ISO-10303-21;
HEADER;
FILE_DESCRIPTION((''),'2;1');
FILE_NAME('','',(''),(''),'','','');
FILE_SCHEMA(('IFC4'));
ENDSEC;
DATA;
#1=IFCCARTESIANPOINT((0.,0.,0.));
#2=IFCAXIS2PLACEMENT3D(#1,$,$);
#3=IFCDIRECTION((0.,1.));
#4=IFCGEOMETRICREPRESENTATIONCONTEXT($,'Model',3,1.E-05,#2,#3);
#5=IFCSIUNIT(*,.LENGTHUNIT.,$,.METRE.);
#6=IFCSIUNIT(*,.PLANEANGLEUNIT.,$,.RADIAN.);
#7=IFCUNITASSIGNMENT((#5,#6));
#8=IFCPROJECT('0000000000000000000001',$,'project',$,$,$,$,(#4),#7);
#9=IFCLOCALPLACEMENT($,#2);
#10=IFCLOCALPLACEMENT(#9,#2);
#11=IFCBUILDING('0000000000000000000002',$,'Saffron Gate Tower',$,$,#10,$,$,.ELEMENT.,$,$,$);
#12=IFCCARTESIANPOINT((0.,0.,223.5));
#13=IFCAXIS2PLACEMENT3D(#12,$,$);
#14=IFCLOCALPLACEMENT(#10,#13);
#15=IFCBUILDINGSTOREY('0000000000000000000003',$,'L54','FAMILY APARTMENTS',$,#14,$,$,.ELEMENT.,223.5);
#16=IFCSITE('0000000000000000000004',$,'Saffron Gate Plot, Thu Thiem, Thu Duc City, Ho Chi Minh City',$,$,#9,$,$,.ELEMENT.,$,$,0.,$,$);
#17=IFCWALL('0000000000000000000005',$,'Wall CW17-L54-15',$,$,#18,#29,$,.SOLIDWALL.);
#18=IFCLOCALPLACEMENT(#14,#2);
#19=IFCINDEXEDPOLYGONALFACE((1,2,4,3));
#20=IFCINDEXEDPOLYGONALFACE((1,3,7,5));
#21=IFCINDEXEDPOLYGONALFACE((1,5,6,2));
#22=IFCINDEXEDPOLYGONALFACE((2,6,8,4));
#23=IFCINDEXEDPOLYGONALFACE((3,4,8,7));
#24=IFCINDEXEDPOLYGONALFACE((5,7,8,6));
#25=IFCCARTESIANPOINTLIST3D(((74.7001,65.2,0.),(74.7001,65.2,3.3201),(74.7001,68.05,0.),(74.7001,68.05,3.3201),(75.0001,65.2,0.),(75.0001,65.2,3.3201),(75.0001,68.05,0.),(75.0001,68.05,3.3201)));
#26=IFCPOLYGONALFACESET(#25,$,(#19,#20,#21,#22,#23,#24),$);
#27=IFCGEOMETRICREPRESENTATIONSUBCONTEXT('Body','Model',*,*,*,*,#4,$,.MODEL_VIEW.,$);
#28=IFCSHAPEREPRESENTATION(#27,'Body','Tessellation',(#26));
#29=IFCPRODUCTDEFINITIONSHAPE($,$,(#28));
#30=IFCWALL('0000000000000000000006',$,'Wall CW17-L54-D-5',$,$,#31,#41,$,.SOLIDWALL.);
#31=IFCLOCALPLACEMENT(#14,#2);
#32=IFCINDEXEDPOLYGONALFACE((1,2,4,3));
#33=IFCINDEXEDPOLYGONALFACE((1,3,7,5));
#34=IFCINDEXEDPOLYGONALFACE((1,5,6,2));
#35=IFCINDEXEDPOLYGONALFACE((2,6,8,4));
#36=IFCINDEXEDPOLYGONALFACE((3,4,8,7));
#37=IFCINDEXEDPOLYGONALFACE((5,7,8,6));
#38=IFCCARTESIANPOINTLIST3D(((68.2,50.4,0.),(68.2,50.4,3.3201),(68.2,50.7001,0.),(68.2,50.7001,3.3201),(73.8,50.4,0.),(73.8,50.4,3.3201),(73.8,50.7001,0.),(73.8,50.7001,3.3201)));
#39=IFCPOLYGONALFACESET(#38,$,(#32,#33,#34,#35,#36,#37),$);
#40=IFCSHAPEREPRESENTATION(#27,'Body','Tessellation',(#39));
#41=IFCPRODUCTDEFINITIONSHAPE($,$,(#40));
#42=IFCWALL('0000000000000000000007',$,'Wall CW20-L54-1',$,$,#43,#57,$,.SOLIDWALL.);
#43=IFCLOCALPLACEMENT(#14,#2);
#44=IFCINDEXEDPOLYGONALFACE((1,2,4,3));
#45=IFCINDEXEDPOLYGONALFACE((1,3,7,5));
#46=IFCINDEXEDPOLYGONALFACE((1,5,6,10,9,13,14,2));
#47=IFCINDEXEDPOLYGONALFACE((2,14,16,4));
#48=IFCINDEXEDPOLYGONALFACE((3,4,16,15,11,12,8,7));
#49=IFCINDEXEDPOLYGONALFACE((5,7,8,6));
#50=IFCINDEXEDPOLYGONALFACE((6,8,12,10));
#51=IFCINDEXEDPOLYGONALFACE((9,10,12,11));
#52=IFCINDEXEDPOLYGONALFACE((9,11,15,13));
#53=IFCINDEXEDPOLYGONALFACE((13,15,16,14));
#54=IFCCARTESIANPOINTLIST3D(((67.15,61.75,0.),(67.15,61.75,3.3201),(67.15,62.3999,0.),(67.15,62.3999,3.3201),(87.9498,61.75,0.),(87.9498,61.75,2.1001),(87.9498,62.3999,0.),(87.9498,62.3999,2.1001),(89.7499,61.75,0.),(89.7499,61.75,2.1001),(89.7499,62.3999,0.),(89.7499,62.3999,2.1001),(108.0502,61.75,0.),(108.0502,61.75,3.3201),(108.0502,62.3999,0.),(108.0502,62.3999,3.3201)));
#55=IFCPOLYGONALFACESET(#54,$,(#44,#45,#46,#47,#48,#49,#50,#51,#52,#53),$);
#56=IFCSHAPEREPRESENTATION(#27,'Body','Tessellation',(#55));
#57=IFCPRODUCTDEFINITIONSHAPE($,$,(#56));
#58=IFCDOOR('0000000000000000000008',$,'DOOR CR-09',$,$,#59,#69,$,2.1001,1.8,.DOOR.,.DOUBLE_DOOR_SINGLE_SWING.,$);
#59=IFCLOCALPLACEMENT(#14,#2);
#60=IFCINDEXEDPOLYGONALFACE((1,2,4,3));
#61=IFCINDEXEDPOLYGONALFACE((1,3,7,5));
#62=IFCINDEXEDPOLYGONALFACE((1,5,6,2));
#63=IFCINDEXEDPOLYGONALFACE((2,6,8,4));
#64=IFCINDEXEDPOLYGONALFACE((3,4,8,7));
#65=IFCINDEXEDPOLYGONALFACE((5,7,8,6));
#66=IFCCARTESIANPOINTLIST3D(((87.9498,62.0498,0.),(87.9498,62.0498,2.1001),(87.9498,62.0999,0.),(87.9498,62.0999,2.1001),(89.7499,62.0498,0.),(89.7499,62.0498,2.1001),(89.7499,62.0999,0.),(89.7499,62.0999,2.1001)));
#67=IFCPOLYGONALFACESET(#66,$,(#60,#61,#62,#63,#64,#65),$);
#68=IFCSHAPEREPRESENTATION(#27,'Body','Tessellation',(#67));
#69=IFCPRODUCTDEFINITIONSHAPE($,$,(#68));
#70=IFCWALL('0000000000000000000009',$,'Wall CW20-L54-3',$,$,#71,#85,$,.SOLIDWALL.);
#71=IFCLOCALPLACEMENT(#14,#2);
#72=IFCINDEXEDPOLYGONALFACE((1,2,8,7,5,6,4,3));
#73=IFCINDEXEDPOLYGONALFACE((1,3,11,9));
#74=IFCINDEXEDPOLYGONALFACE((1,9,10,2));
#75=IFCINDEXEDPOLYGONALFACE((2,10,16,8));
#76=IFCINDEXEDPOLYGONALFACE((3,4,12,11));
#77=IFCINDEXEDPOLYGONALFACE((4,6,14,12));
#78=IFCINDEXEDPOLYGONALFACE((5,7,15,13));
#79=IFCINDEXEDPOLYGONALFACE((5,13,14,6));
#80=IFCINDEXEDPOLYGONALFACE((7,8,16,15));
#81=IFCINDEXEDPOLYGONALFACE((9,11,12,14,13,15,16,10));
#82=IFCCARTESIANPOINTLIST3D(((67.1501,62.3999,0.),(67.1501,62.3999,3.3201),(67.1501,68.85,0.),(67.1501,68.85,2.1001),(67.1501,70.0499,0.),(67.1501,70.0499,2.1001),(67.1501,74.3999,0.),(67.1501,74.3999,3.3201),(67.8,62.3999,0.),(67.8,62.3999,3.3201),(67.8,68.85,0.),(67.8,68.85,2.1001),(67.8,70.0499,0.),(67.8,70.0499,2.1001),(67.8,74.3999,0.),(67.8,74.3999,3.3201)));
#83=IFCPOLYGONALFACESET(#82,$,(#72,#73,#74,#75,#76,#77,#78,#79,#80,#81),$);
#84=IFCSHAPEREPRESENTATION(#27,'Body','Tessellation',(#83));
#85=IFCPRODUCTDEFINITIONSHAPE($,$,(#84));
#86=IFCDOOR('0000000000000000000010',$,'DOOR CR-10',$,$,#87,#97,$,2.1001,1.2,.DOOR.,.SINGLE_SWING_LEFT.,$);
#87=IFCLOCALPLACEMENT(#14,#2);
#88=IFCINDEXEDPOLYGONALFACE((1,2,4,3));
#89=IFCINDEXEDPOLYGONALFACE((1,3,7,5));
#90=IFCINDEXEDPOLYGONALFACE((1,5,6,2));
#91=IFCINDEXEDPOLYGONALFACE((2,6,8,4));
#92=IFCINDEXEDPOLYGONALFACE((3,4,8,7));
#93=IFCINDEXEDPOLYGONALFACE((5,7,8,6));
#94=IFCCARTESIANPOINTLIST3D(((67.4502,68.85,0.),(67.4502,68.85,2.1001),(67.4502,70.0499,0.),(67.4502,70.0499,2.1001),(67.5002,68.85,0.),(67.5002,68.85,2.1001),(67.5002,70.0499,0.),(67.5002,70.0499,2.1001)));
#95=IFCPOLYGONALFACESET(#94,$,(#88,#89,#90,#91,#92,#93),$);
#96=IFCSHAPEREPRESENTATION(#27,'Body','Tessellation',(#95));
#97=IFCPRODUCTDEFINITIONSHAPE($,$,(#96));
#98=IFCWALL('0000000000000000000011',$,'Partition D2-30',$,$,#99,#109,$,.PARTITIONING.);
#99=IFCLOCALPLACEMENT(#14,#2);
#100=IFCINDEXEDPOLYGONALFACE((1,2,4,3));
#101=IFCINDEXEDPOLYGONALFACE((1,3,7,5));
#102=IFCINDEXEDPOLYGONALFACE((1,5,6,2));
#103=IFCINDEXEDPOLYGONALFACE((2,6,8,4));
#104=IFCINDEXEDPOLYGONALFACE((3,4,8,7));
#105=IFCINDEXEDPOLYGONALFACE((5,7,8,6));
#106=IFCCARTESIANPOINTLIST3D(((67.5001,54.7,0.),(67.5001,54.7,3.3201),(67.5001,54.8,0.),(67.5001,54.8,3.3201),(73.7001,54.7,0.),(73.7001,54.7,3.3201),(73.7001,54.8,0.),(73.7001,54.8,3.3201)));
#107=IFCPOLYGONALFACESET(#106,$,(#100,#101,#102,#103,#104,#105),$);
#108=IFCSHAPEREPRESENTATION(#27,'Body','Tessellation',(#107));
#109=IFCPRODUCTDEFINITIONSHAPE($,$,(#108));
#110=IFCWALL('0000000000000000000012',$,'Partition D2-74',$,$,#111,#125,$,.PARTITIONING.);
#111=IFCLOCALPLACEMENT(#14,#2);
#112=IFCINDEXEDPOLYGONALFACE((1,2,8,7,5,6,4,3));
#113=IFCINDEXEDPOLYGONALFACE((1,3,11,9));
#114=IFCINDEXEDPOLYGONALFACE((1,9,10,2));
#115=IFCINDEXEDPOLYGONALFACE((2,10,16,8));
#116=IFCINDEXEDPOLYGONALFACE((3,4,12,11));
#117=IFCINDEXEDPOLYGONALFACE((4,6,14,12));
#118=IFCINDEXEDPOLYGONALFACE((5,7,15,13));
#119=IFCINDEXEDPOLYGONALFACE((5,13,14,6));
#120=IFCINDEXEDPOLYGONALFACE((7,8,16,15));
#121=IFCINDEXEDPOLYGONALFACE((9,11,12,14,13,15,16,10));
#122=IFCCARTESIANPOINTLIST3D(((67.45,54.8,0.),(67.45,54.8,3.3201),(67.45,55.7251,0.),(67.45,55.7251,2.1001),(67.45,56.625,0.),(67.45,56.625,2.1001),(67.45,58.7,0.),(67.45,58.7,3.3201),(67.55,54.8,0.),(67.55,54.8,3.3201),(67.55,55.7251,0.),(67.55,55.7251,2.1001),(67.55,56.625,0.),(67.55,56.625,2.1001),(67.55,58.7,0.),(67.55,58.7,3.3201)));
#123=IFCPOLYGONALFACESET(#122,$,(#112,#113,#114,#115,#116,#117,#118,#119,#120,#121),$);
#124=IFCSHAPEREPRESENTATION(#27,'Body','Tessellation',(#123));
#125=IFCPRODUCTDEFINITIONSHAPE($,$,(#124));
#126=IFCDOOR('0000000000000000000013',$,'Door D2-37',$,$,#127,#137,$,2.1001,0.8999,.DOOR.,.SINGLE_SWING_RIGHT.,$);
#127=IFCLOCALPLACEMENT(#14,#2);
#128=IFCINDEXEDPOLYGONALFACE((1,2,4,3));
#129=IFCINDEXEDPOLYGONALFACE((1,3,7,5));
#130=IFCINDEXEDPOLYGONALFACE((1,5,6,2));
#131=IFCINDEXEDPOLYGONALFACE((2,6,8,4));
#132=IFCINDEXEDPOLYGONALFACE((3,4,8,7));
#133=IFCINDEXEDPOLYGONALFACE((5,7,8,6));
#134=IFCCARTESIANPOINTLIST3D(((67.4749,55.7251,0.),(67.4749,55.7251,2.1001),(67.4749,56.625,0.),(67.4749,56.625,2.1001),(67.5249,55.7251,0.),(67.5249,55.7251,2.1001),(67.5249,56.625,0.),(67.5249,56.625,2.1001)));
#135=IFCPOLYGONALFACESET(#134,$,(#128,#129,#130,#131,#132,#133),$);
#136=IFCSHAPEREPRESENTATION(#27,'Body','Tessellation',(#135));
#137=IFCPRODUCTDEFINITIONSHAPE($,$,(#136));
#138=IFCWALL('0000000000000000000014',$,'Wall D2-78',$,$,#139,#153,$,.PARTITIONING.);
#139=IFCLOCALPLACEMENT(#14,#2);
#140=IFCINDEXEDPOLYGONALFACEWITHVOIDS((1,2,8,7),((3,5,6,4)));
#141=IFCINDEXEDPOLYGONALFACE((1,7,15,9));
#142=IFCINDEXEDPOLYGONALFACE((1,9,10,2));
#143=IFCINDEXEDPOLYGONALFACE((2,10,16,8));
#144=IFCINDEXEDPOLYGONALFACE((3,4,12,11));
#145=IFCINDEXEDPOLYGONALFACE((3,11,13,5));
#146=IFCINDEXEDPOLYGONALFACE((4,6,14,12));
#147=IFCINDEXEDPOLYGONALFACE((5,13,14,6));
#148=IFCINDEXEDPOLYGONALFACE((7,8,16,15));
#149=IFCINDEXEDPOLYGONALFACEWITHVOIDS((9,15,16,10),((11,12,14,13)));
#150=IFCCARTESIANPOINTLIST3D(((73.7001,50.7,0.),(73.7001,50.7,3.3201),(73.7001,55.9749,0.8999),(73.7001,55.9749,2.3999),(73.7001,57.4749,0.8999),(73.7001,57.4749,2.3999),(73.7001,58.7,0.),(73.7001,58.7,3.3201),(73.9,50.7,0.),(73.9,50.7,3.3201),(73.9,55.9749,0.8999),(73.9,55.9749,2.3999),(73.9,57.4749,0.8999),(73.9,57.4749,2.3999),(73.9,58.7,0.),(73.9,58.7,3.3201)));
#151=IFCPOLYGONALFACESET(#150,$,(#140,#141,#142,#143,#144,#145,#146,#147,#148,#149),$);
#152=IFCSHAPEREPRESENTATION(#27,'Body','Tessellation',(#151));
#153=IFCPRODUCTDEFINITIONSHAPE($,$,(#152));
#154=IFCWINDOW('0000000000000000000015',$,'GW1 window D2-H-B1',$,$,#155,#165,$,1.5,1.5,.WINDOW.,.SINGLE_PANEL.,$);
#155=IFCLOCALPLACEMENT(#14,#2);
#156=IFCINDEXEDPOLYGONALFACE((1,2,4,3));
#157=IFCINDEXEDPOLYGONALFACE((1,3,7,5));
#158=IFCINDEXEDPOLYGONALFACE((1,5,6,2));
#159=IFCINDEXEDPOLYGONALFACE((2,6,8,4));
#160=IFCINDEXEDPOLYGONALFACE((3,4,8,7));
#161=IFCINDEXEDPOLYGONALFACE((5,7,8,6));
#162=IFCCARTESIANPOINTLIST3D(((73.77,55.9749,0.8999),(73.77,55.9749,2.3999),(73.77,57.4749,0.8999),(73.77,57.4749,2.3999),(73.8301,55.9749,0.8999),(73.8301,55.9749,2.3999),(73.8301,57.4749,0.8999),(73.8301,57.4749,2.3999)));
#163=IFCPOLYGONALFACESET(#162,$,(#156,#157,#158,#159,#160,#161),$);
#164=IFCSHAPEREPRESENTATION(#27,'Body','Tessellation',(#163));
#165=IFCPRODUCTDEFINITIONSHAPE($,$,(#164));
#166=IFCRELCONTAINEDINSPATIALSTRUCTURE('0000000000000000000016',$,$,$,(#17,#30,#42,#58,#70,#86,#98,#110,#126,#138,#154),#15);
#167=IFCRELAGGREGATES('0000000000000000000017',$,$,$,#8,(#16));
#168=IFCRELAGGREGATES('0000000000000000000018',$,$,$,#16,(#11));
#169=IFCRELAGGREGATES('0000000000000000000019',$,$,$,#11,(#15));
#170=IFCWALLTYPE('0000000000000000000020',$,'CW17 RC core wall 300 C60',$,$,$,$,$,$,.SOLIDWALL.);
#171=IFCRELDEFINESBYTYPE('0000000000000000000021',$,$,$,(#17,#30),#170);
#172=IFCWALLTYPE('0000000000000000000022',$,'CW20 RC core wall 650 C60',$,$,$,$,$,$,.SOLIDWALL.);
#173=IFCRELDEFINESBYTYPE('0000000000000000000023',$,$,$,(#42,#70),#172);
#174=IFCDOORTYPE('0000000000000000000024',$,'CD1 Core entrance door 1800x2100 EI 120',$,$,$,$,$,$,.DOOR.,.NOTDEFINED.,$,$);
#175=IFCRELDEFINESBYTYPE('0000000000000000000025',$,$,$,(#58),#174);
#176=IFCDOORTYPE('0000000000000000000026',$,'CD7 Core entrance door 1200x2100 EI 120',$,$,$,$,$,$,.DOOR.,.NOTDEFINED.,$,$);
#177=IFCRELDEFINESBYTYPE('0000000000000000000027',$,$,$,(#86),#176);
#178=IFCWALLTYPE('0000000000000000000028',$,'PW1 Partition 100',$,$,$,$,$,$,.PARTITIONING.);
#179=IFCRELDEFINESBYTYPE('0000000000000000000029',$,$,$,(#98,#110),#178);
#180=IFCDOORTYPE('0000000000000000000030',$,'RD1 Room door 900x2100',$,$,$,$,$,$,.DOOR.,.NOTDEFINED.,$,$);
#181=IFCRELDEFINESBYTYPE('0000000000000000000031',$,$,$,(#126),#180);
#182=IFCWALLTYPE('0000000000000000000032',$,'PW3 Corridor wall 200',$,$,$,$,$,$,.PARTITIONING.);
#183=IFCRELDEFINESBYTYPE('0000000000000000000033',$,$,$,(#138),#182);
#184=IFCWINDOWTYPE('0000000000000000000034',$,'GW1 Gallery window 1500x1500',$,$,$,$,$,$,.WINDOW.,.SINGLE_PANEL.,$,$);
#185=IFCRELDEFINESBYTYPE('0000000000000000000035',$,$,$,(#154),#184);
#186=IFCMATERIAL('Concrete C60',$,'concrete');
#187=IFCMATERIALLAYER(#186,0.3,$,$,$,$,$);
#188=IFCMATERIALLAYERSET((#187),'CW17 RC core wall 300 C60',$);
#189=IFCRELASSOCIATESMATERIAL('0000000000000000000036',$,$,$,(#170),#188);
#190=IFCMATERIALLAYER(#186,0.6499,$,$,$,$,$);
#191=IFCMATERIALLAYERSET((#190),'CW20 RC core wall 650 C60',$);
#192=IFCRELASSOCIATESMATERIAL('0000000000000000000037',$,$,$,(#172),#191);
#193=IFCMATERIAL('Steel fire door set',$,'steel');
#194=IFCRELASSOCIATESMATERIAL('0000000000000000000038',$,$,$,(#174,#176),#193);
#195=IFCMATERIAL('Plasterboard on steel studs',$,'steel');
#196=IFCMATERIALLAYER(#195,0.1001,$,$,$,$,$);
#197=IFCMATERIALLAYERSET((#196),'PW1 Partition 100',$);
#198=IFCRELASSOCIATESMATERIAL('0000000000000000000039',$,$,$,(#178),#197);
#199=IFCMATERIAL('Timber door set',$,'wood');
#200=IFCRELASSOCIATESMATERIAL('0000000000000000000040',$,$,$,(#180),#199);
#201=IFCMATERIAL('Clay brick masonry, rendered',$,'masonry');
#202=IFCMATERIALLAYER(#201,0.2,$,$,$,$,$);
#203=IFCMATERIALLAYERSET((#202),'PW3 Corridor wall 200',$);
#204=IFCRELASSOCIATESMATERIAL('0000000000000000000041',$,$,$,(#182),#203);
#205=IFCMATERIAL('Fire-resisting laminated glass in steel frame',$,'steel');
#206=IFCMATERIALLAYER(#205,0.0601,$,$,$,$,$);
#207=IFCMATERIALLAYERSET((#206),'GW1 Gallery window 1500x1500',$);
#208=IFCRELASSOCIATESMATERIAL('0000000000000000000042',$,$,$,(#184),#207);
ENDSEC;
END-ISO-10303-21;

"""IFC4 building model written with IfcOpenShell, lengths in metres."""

from ifc_helpers import new_model, si_unit, direction, frame, frame_2d, origin, place, context, subcontext, project, spatial, rectangle, extrude, material, layer, layer_set, type_object, element, fill, save


model = new_model("IFC4")

# Units and contexts
model_context = context("Model", 3, precision=1e-05, world=origin(), true_north=direction((0.0, 1.0)))
body_context = subcontext(model_context, "Body", "Model", "MODEL_VIEW")
ifc_project = project(units=[si_unit("LENGTHUNIT", "METRE"), si_unit("PLANEANGLEUNIT", "RADIAN")], contexts=[model_context])

# Site, building, storey
site_placement = place(None, origin())
site = spatial("IfcSite", under=ifc_project, at=site_placement, Name="Saffron Gate Plot, Thu Thiem, Thu Duc City, Ho Chi Minh City", CompositionType="ELEMENT", RefElevation=0.0)
building_placement = place(site_placement, origin())
building = spatial("IfcBuilding", under=site, at=building_placement, Name="Saffron Gate Tower", CompositionType="ELEMENT")
storey_placement = place(building_placement, frame((0.0, 0.0, 223.5)))
storey = spatial("IfcBuildingStorey", under=building, at=storey_placement, Name="L54", Description="FAMILY APARTMENTS", CompositionType="ELEMENT", Elevation=223.5)

# Shared definitions
ifc_material_1 = material(Name="Concrete C60", Category="concrete")

# Shared definitions
ifc_material_2 = material(Name="Steel fire door set", Category="steel")

# Walls
ifc_layer_1 = layer(ifc_material_1, 0.3)
ifc_layer_set_1 = layer_set([ifc_layer_1], Name="CW17 RC core wall 300 C60")
wall_type_1 = type_object("IfcWallType", Name="CW17 RC core wall 300 C60", PredefinedType="SOLIDWALL", material=ifc_layer_set_1)
wall_1_placement = place(storey_placement, frame((74.8501, 65.2, 0.0), z_axis=(0.0, 0.0, 1.0), x_axis=(0.0, 1.0, 0.0)))
element("IfcWall", 1, at=wall_1_placement, inside=storey, type_object=wall_type_1, Name="Wall CW17-L54-15", PredefinedType="SOLIDWALL", context=body_context, shape_type="SweptSolid", body=[
    extrude(rectangle(XDim=2.8501, YDim=0.3, at=frame_2d((1.425, 0.0))), origin(), (0.0, 0.0, 1.0), 3.3201),
])
wall_2_placement = place(storey_placement, frame((68.2, 50.55, 0.0), z_axis=(0.0, 0.0, 1.0), x_axis=(1.0, 0.0, 0.0)))
element("IfcWall", 2, at=wall_2_placement, inside=storey, type_object=wall_type_1, Name="Wall CW17-L54-D-5", PredefinedType="SOLIDWALL", context=body_context, shape_type="SweptSolid", body=[
    extrude(rectangle(XDim=5.6001, YDim=0.3, at=frame_2d((2.8, 0.0))), origin(), (0.0, 0.0, 1.0), 3.3201),
])

# Walls, openings, doors
ifc_layer_2 = layer(ifc_material_1, 0.6499)
ifc_layer_set_2 = layer_set([ifc_layer_2], Name="CW20 RC core wall 650 C60")
wall_type_2 = type_object("IfcWallType", Name="CW20 RC core wall 650 C60", PredefinedType="SOLIDWALL", material=ifc_layer_set_2)
wall_3_placement = place(storey_placement, frame((67.1499, 62.075, 0.0), z_axis=(0.0, 0.0, 1.0), x_axis=(1.0, 0.0, 0.0)))
wall_3 = element("IfcWall", 3, at=wall_3_placement, inside=storey, type_object=wall_type_2, Name="Wall CW20-L54-1", PredefinedType="SOLIDWALL", context=body_context, shape_type="SweptSolid", body=[
    extrude(rectangle(XDim=40.9001, YDim=0.6499, at=frame_2d((20.4502, 0.0))), origin(), (0.0, 0.0, 1.0), 3.3201),
])
opening_1_placement = place(wall_3_placement, frame((20.8, 0.0, 0.0)))
opening_1 = element("IfcOpeningElement", 4, at=opening_1_placement, cuts=wall_3, PredefinedType="OPENING", context=body_context, shape_type="SweptSolid", body=[
    extrude(rectangle(XDim=1.8, YDim=2.1001, at=frame_2d((0.8999, 1.05))), frame((0.0, 0.335, 0.0), z_axis=(0.0, -1.0, 0.0), x_axis=(1.0, 0.0, 0.0)), (0.0, 0.0, 1.0), 0.6699),
])
door_type_1 = type_object("IfcDoorType", Name="CD1 Core entrance door 1800x2100 EI 120", OperationType="NOTDEFINED", PredefinedType="DOOR", material=ifc_material_2)
door_1_placement = place(opening_1_placement, origin())
door_1 = element("IfcDoor", 5, at=door_1_placement, inside=storey, type_object=door_type_1, Name="DOOR CR-09", OperationType="DOUBLE_DOOR_SINGLE_SWING", OverallHeight=2.1001, OverallWidth=1.8, PredefinedType="DOOR", context=body_context, shape_type="SweptSolid", body=[
    extrude(rectangle(XDim=1.8, YDim=2.1001, at=frame_2d((0.8999, 1.05))), frame((0.0, 0.0249, 0.0), z_axis=(0.0, -1.0, 0.0), x_axis=(1.0, 0.0, 0.0)), (0.0, 0.0, 1.0), 0.05),
])
fill(opening_1, door_1)
wall_4_placement = place(storey_placement, frame((67.4751, 62.3999, 0.0), z_axis=(0.0, 0.0, 1.0), x_axis=(0.0, 1.0, 0.0)))
wall_4 = element("IfcWall", 6, at=wall_4_placement, inside=storey, type_object=wall_type_2, Name="Wall CW20-L54-3", PredefinedType="SOLIDWALL", context=body_context, shape_type="SweptSolid", body=[
    extrude(rectangle(XDim=12.0, YDim=0.6499, at=frame_2d((6.0, 0.0))), origin(), (0.0, 0.0, 1.0), 3.3201),
])
opening_2_placement = place(wall_4_placement, frame((6.45, 0.0, 0.0)))
opening_2 = element("IfcOpeningElement", 7, at=opening_2_placement, cuts=wall_4, PredefinedType="OPENING", context=body_context, shape_type="SweptSolid", body=[
    extrude(rectangle(XDim=1.2, YDim=2.1001, at=frame_2d((0.6001, 1.05))), frame((0.0, 0.335, 0.0), z_axis=(0.0, -1.0, 0.0), x_axis=(1.0, 0.0, 0.0)), (0.0, 0.0, 1.0), 0.6699),
])
door_type_2 = type_object("IfcDoorType", Name="CD7 Core entrance door 1200x2100 EI 120", OperationType="NOTDEFINED", PredefinedType="DOOR", material=ifc_material_2)
door_2_placement = place(opening_2_placement, origin())
door_2 = element("IfcDoor", 8, at=door_2_placement, inside=storey, type_object=door_type_2, Name="DOOR CR-10", OperationType="SINGLE_SWING_LEFT", OverallHeight=2.1001, OverallWidth=1.2, PredefinedType="DOOR", context=body_context, shape_type="SweptSolid", body=[
    extrude(rectangle(XDim=1.2, YDim=2.1001, at=frame_2d((0.6001, 1.05))), frame((0.0, 0.0249, 0.0), z_axis=(0.0, -1.0, 0.0), x_axis=(1.0, 0.0, 0.0)), (0.0, 0.0, 1.0), 0.05),
])
fill(opening_2, door_2)

# Wall
ifc_material_3 = material(Name="Plasterboard on steel studs", Category="steel")
ifc_layer_3 = layer(ifc_material_3, 0.1001)
ifc_layer_set_3 = layer_set([ifc_layer_3], Name="PW1 Partition 100")
wall_type_3 = type_object("IfcWallType", Name="PW1 Partition 100", PredefinedType="PARTITIONING", material=ifc_layer_set_3)
wall_5_placement = place(storey_placement, frame((67.5, 54.75, 0.0), z_axis=(0.0, 0.0, 1.0), x_axis=(1.0, 0.0, 0.0)))
element("IfcWall", 9, at=wall_5_placement, inside=storey, type_object=wall_type_3, Name="Partition D2-30", PredefinedType="PARTITIONING", context=body_context, shape_type="SweptSolid", body=[
    extrude(rectangle(XDim=6.2, YDim=0.1001, at=frame_2d((3.1001, 0.0))), origin(), (0.0, 0.0, 1.0), 3.3201),
])

# Wall, opening, door
wall_6_placement = place(storey_placement, frame((67.5, 58.7, 0.0), z_axis=(0.0, 0.0, 1.0), x_axis=(0.0, -1.0, 0.0)))
wall_6 = element("IfcWall", 10, at=wall_6_placement, inside=storey, type_object=wall_type_3, Name="Partition D2-74", PredefinedType="PARTITIONING", context=body_context, shape_type="SweptSolid", body=[
    extrude(rectangle(XDim=3.8999, YDim=0.1001, at=frame_2d((1.95, 0.0))), origin(), (0.0, 0.0, 1.0), 3.3201),
])
opening_3_placement = place(wall_6_placement, frame((2.075, 0.0, 0.0)))
opening_3 = element("IfcOpeningElement", 11, at=opening_3_placement, cuts=wall_6, PredefinedType="OPENING", context=body_context, shape_type="SweptSolid", body=[
    extrude(rectangle(XDim=0.8999, YDim=2.1001, at=frame_2d((0.45, 1.05))), frame((0.0, 0.0601, 0.0), z_axis=(0.0, -1.0, 0.0), x_axis=(1.0, 0.0, 0.0)), (0.0, 0.0, 1.0), 0.1201),
])
ifc_material_4 = material(Name="Timber door set", Category="wood")
door_type_3 = type_object("IfcDoorType", Name="RD1 Room door 900x2100", OperationType="NOTDEFINED", PredefinedType="DOOR", material=ifc_material_4)
door_3_placement = place(opening_3_placement, origin())
door_3 = element("IfcDoor", 12, at=door_3_placement, inside=storey, type_object=door_type_3, Name="Door D2-37", OperationType="SINGLE_SWING_RIGHT", OverallHeight=2.1001, OverallWidth=0.8999, PredefinedType="DOOR", context=body_context, shape_type="SweptSolid", body=[
    extrude(rectangle(XDim=0.8999, YDim=2.1001, at=frame_2d((0.45, 1.05))), frame((0.0, 0.0249, 0.0), z_axis=(0.0, -1.0, 0.0), x_axis=(1.0, 0.0, 0.0)), (0.0, 0.0, 1.0), 0.05),
])
fill(opening_3, door_3)

# Wall, opening, window
ifc_material_5 = material(Name="Clay brick masonry, rendered", Category="masonry")
ifc_layer_4 = layer(ifc_material_5, 0.2)
ifc_layer_set_4 = layer_set([ifc_layer_4], Name="PW3 Corridor wall 200")
wall_type_4 = type_object("IfcWallType", Name="PW3 Corridor wall 200", PredefinedType="PARTITIONING", material=ifc_layer_set_4)
wall_7_placement = place(storey_placement, frame((73.8, 58.7, 0.0), z_axis=(0.0, 0.0, 1.0), x_axis=(0.0, -1.0, 0.0)))
wall_7 = element("IfcWall", 13, at=wall_7_placement, inside=storey, type_object=wall_type_4, Name="Wall D2-78", PredefinedType="PARTITIONING", context=body_context, shape_type="SweptSolid", body=[
    extrude(rectangle(XDim=8.0, YDim=0.2, at=frame_2d((4.0, 0.0))), origin(), (0.0, 0.0, 1.0), 3.3201),
])
opening_4_placement = place(wall_7_placement, frame((1.2251, 0.0, 0.8999)))
opening_4 = element("IfcOpeningElement", 14, at=opening_4_placement, cuts=wall_7, PredefinedType="OPENING", context=body_context, shape_type="SweptSolid", body=[
    extrude(rectangle(XDim=1.5, YDim=1.5, at=frame_2d((0.75, 0.75))), frame((0.0, 0.1099, 0.0), z_axis=(0.0, -1.0, 0.0), x_axis=(1.0, 0.0, 0.0)), (0.0, 0.0, 1.0), 0.22),
])
ifc_material_6 = material(Name="Fire-resisting laminated glass in steel frame", Category="steel")
ifc_layer_5 = layer(ifc_material_6, 0.0601)
ifc_layer_set_5 = layer_set([ifc_layer_5], Name="GW1 Gallery window 1500x1500")
window_type = type_object("IfcWindowType", Name="GW1 Gallery window 1500x1500", PartitioningType="SINGLE_PANEL", PredefinedType="WINDOW", material=ifc_layer_set_5)
window_placement = place(opening_4_placement, origin())
window = element("IfcWindow", 15, at=window_placement, inside=storey, type_object=window_type, Name="GW1 window D2-H-B1", OverallHeight=1.5, OverallWidth=1.5, PartitioningType="SINGLE_PANEL", PredefinedType="WINDOW", context=body_context, shape_type="SweptSolid", body=[
    extrude(rectangle(XDim=1.5, YDim=1.5, at=frame_2d((0.75, 0.75))), frame((0.0, 0.03, 0.0), z_axis=(0.0, -1.0, 0.0), x_axis=(1.0, 0.0, 0.0)), (0.0, 0.0, 1.0), 0.0601),
])
fill(opening_4, window)

save(model, "model.ifc")
